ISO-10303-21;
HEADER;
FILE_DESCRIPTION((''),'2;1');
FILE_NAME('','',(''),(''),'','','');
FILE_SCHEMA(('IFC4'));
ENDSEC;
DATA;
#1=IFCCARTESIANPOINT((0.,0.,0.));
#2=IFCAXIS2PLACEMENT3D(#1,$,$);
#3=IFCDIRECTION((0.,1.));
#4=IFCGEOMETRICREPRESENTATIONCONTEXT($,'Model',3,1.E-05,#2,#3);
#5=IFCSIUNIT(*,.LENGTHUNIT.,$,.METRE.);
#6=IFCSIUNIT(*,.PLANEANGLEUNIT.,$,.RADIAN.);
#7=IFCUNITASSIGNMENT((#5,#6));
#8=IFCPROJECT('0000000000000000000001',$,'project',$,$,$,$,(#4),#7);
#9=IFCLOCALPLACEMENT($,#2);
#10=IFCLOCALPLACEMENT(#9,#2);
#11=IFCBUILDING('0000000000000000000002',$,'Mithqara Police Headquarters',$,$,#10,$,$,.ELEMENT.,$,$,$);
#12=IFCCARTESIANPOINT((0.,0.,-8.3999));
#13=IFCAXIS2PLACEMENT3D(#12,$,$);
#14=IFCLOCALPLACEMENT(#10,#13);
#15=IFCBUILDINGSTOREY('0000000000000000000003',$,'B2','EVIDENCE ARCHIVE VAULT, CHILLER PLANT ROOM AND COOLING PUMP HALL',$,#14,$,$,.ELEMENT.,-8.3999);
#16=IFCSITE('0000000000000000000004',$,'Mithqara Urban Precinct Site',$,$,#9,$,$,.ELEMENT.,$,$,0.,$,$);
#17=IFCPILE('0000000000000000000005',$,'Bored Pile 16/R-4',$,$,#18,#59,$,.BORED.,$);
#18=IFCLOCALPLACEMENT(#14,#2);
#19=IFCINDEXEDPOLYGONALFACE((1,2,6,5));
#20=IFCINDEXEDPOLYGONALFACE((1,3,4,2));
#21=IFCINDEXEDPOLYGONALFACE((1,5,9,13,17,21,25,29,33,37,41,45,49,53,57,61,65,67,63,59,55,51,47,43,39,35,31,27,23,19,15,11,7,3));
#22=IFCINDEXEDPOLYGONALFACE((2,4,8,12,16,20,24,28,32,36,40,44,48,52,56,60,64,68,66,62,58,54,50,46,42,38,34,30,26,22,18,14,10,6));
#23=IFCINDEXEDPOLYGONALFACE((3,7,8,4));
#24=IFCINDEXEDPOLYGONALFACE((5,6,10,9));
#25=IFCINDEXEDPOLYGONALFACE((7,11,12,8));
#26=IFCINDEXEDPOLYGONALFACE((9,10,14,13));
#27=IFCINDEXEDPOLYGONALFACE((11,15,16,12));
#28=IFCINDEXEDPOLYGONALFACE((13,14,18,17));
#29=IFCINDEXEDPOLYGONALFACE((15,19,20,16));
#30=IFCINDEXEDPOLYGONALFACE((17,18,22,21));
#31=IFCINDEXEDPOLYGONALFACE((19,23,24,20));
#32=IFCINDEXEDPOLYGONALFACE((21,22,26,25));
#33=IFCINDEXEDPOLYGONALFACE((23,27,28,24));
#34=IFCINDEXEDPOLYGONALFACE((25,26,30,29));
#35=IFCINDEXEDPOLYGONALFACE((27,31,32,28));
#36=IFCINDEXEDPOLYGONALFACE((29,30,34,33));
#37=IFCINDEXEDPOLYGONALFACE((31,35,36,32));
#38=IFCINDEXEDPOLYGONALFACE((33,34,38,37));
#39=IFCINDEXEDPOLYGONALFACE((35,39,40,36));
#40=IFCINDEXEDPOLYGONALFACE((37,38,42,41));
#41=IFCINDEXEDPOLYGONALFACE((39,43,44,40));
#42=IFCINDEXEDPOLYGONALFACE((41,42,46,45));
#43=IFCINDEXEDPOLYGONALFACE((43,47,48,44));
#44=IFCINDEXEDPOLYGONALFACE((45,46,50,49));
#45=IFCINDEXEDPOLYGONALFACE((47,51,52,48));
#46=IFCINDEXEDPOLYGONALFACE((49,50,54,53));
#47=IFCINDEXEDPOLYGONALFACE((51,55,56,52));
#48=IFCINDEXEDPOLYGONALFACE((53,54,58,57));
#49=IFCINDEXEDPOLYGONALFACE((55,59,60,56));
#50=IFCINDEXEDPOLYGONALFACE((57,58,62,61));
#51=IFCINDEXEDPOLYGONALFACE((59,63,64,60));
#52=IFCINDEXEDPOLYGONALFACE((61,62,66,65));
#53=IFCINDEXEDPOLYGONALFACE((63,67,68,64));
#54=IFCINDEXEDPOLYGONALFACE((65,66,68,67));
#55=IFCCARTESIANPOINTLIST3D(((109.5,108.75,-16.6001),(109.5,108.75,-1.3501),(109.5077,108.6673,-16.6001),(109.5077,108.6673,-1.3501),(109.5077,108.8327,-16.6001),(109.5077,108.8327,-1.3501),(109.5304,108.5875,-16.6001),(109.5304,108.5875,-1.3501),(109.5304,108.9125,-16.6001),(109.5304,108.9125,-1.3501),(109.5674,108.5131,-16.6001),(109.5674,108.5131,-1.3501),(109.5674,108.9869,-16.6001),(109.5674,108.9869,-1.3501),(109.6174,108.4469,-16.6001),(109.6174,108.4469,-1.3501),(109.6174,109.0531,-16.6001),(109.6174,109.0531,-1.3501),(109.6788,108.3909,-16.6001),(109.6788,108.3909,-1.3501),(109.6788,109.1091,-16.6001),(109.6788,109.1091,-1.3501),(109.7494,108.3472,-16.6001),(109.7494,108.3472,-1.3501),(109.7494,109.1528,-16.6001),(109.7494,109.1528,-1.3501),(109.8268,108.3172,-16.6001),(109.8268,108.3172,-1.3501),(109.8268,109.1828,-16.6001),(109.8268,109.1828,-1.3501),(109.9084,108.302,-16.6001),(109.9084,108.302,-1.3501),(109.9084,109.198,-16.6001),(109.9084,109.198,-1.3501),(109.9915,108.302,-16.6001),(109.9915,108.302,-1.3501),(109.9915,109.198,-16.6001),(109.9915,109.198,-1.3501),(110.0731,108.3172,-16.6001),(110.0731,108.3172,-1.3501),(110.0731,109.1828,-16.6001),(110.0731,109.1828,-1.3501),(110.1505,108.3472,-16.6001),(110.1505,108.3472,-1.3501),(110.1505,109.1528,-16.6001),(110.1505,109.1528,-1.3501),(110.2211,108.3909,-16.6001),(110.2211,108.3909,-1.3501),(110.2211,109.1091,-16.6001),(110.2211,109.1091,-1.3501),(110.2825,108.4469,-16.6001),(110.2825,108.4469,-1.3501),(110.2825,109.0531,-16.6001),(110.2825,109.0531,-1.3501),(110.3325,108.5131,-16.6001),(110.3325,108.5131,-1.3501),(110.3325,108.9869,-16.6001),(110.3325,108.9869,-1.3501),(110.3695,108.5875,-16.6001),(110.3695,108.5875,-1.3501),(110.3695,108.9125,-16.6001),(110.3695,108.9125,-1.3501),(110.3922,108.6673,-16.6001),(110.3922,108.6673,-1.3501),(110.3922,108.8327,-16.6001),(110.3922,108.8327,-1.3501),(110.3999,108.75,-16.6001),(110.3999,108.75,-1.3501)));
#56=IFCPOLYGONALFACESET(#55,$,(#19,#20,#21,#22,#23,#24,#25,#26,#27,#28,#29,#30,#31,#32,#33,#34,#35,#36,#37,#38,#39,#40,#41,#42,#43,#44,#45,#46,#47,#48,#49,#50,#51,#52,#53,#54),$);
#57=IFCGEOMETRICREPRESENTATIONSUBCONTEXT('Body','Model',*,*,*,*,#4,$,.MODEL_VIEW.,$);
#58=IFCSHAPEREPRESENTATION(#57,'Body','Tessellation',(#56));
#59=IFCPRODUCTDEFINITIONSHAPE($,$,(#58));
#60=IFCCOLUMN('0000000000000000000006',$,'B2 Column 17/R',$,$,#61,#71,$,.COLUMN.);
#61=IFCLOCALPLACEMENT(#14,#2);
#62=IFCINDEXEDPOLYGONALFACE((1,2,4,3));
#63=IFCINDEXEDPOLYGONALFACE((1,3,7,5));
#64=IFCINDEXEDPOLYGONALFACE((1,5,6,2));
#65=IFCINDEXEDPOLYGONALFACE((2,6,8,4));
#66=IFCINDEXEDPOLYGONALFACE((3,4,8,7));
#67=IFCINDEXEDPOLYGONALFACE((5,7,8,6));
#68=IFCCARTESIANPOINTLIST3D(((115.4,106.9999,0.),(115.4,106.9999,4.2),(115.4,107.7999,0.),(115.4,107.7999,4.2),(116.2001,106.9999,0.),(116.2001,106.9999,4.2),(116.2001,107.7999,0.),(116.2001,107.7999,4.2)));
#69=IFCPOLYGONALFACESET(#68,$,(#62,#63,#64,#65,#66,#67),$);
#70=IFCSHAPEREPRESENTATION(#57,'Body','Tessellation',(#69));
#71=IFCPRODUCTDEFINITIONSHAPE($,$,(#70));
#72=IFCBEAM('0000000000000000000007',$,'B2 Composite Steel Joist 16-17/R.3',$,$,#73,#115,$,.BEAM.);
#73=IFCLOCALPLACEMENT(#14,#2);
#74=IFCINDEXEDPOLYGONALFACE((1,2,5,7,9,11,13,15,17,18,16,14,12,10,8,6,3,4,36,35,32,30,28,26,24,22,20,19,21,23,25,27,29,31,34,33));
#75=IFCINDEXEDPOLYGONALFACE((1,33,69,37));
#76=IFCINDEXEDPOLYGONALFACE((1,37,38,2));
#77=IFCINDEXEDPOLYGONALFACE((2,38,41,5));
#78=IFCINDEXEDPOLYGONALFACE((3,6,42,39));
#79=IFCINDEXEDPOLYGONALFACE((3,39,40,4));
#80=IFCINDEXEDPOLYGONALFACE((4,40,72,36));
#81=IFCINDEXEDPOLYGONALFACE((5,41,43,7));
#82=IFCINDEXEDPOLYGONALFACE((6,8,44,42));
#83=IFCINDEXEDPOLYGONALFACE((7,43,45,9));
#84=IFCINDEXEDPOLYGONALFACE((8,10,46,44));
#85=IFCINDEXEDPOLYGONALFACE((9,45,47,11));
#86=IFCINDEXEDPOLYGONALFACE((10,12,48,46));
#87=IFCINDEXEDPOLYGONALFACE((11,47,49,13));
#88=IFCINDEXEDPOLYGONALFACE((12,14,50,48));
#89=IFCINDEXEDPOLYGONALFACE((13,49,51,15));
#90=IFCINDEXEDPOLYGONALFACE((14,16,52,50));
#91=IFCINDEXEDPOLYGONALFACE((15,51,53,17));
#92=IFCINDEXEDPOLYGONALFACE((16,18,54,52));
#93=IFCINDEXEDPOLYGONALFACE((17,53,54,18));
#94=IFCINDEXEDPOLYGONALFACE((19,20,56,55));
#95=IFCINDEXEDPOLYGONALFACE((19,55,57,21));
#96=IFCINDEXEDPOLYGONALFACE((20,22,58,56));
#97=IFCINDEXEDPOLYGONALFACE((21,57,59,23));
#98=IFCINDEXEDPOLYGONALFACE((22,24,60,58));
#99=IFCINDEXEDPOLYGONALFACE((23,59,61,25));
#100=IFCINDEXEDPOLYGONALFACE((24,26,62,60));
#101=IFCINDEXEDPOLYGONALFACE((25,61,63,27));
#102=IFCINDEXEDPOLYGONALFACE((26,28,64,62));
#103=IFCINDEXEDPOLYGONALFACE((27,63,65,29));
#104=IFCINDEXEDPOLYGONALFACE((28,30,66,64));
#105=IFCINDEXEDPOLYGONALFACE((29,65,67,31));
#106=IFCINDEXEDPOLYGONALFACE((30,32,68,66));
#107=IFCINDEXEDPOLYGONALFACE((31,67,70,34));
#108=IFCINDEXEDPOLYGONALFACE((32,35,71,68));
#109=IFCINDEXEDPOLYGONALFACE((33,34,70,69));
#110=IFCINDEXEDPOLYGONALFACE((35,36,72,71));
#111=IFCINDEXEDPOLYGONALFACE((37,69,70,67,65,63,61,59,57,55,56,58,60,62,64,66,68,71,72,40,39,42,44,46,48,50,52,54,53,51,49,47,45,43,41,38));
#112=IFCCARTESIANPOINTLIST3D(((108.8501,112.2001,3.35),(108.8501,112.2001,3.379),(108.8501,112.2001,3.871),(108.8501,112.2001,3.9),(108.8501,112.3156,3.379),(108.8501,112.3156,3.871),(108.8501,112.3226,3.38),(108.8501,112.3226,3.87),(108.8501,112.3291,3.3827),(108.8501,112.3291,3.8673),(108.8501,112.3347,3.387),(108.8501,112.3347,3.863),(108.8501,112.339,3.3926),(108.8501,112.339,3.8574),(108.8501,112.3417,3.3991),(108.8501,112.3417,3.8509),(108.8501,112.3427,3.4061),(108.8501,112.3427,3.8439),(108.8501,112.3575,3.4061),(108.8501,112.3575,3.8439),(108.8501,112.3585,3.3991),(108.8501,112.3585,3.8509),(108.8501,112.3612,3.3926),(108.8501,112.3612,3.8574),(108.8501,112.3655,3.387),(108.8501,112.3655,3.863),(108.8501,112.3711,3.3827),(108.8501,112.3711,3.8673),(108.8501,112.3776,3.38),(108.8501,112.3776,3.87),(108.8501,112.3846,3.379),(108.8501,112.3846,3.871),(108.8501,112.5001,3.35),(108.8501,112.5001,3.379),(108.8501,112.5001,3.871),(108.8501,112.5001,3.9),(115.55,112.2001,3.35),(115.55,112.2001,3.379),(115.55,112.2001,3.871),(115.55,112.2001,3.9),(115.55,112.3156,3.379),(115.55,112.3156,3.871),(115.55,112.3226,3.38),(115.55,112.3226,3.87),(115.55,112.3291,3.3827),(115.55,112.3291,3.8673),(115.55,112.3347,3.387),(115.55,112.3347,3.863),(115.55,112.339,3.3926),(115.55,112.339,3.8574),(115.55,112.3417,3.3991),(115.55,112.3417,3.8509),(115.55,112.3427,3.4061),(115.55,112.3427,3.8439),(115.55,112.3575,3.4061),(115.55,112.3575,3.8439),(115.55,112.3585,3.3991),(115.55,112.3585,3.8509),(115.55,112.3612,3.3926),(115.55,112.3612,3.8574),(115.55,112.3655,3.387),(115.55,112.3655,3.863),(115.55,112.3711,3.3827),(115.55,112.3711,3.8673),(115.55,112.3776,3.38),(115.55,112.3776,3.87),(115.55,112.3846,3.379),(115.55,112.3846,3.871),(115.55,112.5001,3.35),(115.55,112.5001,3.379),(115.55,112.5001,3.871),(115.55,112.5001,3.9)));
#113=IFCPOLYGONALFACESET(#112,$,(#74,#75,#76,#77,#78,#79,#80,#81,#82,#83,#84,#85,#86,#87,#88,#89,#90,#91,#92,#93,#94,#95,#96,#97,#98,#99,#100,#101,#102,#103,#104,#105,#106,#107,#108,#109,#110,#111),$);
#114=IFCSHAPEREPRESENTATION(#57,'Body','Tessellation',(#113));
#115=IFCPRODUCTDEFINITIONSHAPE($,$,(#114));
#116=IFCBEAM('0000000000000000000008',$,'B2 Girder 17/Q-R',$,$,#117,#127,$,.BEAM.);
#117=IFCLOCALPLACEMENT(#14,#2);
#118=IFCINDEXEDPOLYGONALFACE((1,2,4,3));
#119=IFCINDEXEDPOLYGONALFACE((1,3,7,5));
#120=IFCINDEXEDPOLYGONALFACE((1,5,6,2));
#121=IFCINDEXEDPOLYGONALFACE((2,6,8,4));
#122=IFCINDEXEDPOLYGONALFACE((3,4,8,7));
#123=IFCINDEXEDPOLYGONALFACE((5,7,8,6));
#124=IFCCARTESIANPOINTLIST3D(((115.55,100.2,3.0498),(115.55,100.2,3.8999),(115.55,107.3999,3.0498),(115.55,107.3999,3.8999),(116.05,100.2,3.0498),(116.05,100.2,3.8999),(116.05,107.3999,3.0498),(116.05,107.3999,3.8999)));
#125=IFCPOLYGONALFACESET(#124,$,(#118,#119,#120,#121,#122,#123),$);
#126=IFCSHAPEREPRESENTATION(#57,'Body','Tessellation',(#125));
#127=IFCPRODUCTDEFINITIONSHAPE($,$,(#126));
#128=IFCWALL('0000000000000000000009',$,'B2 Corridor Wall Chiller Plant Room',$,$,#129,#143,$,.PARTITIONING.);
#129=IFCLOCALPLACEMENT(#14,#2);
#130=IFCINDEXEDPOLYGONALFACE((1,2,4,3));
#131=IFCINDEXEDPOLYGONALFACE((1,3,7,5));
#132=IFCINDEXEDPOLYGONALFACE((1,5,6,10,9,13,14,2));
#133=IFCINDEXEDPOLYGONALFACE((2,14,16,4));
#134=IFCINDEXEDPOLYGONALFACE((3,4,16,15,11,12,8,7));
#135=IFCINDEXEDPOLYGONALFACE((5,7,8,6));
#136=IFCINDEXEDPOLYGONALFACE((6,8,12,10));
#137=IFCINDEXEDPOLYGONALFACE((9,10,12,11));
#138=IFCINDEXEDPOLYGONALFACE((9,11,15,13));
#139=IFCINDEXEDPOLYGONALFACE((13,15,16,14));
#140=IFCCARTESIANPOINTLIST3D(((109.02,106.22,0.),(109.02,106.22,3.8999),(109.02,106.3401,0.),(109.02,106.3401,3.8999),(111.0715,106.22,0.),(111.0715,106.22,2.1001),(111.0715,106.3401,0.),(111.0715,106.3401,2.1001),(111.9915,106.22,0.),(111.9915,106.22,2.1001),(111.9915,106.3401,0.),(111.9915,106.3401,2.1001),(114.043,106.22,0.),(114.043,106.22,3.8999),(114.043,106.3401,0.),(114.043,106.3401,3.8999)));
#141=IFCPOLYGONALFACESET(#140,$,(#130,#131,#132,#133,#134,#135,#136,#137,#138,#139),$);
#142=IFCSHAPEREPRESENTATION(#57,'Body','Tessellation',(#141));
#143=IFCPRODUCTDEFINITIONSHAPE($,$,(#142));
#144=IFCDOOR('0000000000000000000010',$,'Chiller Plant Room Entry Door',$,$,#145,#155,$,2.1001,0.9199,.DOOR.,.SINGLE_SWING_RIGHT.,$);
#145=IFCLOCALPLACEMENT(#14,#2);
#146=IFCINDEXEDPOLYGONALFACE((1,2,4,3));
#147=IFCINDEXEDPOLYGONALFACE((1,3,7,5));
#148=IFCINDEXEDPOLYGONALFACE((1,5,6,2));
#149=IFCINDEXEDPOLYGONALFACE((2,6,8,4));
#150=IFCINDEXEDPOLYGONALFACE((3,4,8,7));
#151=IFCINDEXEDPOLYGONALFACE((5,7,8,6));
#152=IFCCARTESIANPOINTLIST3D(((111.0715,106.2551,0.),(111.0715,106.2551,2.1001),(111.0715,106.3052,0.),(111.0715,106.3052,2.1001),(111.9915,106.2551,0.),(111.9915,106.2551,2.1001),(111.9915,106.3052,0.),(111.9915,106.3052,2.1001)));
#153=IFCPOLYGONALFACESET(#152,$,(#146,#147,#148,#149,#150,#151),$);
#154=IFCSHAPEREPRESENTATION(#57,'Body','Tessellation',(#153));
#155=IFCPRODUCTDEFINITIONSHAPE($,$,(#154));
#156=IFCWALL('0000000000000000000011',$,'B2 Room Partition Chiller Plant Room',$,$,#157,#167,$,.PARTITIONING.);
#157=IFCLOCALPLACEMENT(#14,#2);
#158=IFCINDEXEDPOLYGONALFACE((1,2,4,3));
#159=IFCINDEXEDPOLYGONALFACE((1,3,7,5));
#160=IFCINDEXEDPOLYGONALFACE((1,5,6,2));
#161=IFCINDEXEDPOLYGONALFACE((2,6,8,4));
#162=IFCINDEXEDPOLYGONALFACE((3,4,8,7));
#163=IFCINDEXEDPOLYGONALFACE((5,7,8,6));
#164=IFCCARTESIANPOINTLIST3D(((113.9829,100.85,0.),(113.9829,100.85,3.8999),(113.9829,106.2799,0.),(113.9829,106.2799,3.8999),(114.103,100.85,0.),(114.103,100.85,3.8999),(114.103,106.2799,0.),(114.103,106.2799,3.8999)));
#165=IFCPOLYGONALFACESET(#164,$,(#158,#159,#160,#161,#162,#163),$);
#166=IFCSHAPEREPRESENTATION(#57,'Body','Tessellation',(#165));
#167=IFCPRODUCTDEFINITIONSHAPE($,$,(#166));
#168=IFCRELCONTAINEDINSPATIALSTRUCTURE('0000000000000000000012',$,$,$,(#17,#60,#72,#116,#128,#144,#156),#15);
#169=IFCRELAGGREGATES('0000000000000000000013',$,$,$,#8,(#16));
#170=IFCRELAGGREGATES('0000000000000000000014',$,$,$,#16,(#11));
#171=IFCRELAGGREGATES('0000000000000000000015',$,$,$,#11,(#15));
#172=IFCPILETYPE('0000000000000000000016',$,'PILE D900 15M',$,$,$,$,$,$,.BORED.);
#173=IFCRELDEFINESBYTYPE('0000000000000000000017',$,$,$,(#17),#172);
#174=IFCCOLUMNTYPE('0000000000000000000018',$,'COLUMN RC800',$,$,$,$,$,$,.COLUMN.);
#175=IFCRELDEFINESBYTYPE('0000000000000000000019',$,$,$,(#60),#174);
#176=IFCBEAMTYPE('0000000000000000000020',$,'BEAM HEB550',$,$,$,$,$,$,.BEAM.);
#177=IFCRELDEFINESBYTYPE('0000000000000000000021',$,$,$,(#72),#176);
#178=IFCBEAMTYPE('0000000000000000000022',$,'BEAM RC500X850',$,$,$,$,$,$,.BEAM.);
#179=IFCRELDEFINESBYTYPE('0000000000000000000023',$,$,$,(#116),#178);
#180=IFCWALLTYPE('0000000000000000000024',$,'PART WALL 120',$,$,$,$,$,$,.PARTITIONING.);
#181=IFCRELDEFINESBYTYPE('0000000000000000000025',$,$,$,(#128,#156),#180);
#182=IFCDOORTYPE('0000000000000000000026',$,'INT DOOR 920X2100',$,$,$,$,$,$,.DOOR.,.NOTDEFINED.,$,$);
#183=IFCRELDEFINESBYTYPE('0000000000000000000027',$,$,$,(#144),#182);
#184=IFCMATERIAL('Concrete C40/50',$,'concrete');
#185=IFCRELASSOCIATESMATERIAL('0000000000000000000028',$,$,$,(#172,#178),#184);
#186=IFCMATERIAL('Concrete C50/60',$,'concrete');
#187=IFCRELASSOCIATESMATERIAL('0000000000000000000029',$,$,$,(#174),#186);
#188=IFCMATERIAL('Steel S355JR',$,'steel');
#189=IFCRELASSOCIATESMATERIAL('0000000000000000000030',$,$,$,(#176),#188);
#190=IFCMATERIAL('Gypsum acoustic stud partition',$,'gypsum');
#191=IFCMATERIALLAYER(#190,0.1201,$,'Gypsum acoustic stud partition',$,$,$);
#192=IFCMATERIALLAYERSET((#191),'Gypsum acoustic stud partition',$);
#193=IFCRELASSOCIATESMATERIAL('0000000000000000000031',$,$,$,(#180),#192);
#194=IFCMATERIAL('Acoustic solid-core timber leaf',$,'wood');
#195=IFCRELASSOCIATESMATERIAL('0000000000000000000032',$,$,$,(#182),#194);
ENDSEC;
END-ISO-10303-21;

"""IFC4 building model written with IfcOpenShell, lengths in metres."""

from ifc_helpers import new_model, si_unit, direction, frame, frame_2d, origin, origin_2d, place, context, subcontext, project, spatial, rectangle, circle, i_section, extrude, material, layer, layer_set, material_profile, profile_set, type_object, element, fill, save


model = new_model("IFC4")

# Units and contexts
model_context = context("Model", 3, precision=1e-05, world=origin(), true_north=direction((0.0, 1.0)))
body_context = subcontext(model_context, "Body", "Model", "MODEL_VIEW")
ifc_project = project(units=[si_unit("LENGTHUNIT", "METRE"), si_unit("PLANEANGLEUNIT", "RADIAN")], contexts=[model_context])

# Site, building, storey
site_placement = place(None, origin())
site = spatial("IfcSite", under=ifc_project, at=site_placement, Name="Mithqara Urban Precinct Site", CompositionType="ELEMENT", RefElevation=0.0)
building_placement = place(site_placement, origin())
building = spatial("IfcBuilding", under=site, at=building_placement, Name="Mithqara Police Headquarters", CompositionType="ELEMENT")
storey_placement = place(building_placement, frame((0.0, 0.0, -8.3999)))
storey = spatial("IfcBuildingStorey", under=building, at=storey_placement, Name="B2", Description="EVIDENCE ARCHIVE VAULT, CHILLER PLANT ROOM AND COOLING PUMP HALL", CompositionType="ELEMENT", Elevation=-8.3999)

# Shared definitions
ifc_material_1 = material(Name="Concrete C40/50", Category="concrete")

# Pile
ifc_material_profile_1 = material_profile(ifc_material_1, circle(Radius=0.45, at=origin_2d()), Name="PILE D900")
ifc_profile_set_1 = profile_set([ifc_material_profile_1], Name="Concrete C40/50")
pile_type_1 = type_object("IfcPileType", Name="PILE D900 15M", PredefinedType="BORED", material=ifc_profile_set_1)
for number, where, z_axis, x_axis, name in (
    (1, (109.95, 108.75, -1.3501), (0.0, 0.0, -1.0), (1.0, 0.0, 0.0), "Bored Pile 16/R-4"),
):
    element("IfcPile", number, at=place(storey_placement, frame(where, z_axis=z_axis, x_axis=x_axis)), inside=storey, type_object=pile_type_1, Name=name, PredefinedType="BORED", context=body_context, shape_type="SweptSolid", body=[
        extrude(circle(Radius=0.45, at=origin_2d()), origin(), (0.0, 0.0, 1.0), 15.25),
    ])

# Column
ifc_material_2 = material(Name="Concrete C50/60", Category="concrete")
ifc_material_profile_2 = material_profile(ifc_material_2, rectangle(XDim=0.8, YDim=0.8, at=origin_2d()), Name="RC 800x800")
ifc_profile_set_2 = profile_set([ifc_material_profile_2], Name="Concrete C50/60")
column_type = type_object("IfcColumnType", Name="COLUMN RC800", PredefinedType="COLUMN", material=ifc_profile_set_2)
column_placement = place(storey_placement, frame((115.8, 107.3999, 0.0), z_axis=(0.0, 0.0, 1.0), x_axis=(1.0, 0.0, 0.0)))
element("IfcColumn", 2, at=column_placement, inside=storey, type_object=column_type, Name="B2 Column 17/R", PredefinedType="COLUMN", context=body_context, shape_type="SweptSolid", body=[
    extrude(rectangle(XDim=0.8, YDim=0.8, at=origin_2d()), origin(), (0.0, 0.0, 1.0), 4.2),
])

# Beams
ifc_material_3 = material(Name="Steel S355JR", Category="steel")
ifc_material_profile_3 = material_profile(ifc_material_3, i_section(OverallWidth=0.3, OverallDepth=0.55, WebThickness=0.0149, FlangeThickness=0.0291, FilletRadius=0.0271, at=origin_2d()), Name="HEB 550")
ifc_profile_set_3 = profile_set([ifc_material_profile_3], Name="Steel S355JR")
beam_type_1 = type_object("IfcBeamType", Name="BEAM HEB550", PredefinedType="BEAM", material=ifc_profile_set_3)
beam_1_placement = place(storey_placement, frame((108.8501, 112.3501, 3.625), z_axis=(1.0, 0.0, 0.0), x_axis=(0.0, 1.0, 0.0)))
element("IfcBeam", 3, at=beam_1_placement, inside=storey, type_object=beam_type_1, Name="B2 Composite Steel Joist 16-17/R.3", PredefinedType="BEAM", context=body_context, shape_type="SweptSolid", body=[
    extrude(i_section(OverallWidth=0.3, OverallDepth=0.55, WebThickness=0.0149, FlangeThickness=0.0291, FilletRadius=0.0271, at=origin_2d()), origin(), (0.0, 0.0, 1.0), 6.7),
])
ifc_material_profile_4 = material_profile(ifc_material_1, rectangle(XDim=0.5, YDim=0.8501, at=origin_2d()), Name="RC 500x850")
ifc_profile_set_4 = profile_set([ifc_material_profile_4], Name="Concrete C40/50")
beam_type_2 = type_object("IfcBeamType", Name="BEAM RC500X850", PredefinedType="BEAM", material=ifc_profile_set_4)
beam_2_placement = place(storey_placement, frame((115.8, 100.2, 3.4749), z_axis=(0.0, 1.0, 0.0), x_axis=(-1.0, 0.0, 0.0)))
element("IfcBeam", 4, at=beam_2_placement, inside=storey, type_object=beam_type_2, Name="B2 Girder 17/Q-R", PredefinedType="BEAM", context=body_context, shape_type="SweptSolid", body=[
    extrude(rectangle(XDim=0.5, YDim=0.8501, at=origin_2d()), origin(), (0.0, 0.0, 1.0), 7.2),
])

# Wall, opening, door
ifc_material_4 = material(Name="Gypsum acoustic stud partition", Category="gypsum")
ifc_layer = layer(ifc_material_4, 0.1201, Name="Gypsum acoustic stud partition")
ifc_layer_set = layer_set([ifc_layer], Name="Gypsum acoustic stud partition")
wall_type = type_object("IfcWallType", Name="PART WALL 120", PredefinedType="PARTITIONING", material=ifc_layer_set)
wall_1_placement = place(storey_placement, frame((109.02, 106.28, 0.0), z_axis=(0.0, 0.0, 1.0), x_axis=(1.0, 0.0, 0.0)))
wall_1 = element("IfcWall", 5, at=wall_1_placement, inside=storey, type_object=wall_type, Name="B2 Corridor Wall Chiller Plant Room", PredefinedType="PARTITIONING", context=body_context, shape_type="SweptSolid", body=[
    extrude(rectangle(XDim=5.0229, YDim=0.1201, at=frame_2d((2.5115, 0.0))), origin(), (0.0, 0.0, 1.0), 3.8999),
])
opening_1_placement = place(wall_1_placement, frame((2.0515, 0.0, 0.0)))
opening_1 = element("IfcOpeningElement", 6, at=opening_1_placement, cuts=wall_1, PredefinedType="OPENING", context=body_context, shape_type="SweptSolid", body=[
    extrude(rectangle(XDim=0.9199, YDim=2.1001, at=frame_2d((0.46, 1.05))), frame((0.0, 0.0701, 0.0), z_axis=(0.0, -1.0, 0.0), x_axis=(1.0, 0.0, 0.0)), (0.0, 0.0, 1.0), 0.1401),
])
ifc_material_5 = material(Name="Acoustic solid-core timber leaf", Category="wood")
door_type_1 = type_object("IfcDoorType", Name="INT DOOR 920X2100", OperationType="NOTDEFINED", PredefinedType="DOOR", material=ifc_material_5)
door_1_placement = place(opening_1_placement, frame((0.9199, 0.0, 0.0), z_axis=(0.0, 0.0, 1.0), x_axis=(-1.0, 0.0, 0.0)))
door_1 = element("IfcDoor", 7, at=door_1_placement, inside=storey, type_object=door_type_1, Name="Chiller Plant Room Entry Door", OperationType="SINGLE_SWING_RIGHT", OverallHeight=2.1001, OverallWidth=0.9199, PredefinedType="DOOR", context=body_context, shape_type="SweptSolid", body=[
    extrude(rectangle(XDim=0.9199, YDim=2.1001, at=frame_2d((0.46, 1.05))), frame((0.0, 0.0249, 0.0), z_axis=(0.0, -1.0, 0.0), x_axis=(1.0, 0.0, 0.0)), (0.0, 0.0, 1.0), 0.05),
])
fill(opening_1, door_1)

# Wall
wall_2_placement = place(storey_placement, frame((114.043, 100.8501, 0.0), z_axis=(0.0, 0.0, 1.0), x_axis=(0.0, 1.0, 0.0)))
element("IfcWall", 8, at=wall_2_placement, inside=storey, type_object=wall_type, Name="B2 Room Partition Chiller Plant Room", PredefinedType="PARTITIONING", context=body_context, shape_type="SweptSolid", body=[
    extrude(rectangle(XDim=5.4299, YDim=0.1201, at=frame_2d((2.7148, 0.0))), origin(), (0.0, 0.0, 1.0), 3.8999),
])

save(model, "model.ifc")
